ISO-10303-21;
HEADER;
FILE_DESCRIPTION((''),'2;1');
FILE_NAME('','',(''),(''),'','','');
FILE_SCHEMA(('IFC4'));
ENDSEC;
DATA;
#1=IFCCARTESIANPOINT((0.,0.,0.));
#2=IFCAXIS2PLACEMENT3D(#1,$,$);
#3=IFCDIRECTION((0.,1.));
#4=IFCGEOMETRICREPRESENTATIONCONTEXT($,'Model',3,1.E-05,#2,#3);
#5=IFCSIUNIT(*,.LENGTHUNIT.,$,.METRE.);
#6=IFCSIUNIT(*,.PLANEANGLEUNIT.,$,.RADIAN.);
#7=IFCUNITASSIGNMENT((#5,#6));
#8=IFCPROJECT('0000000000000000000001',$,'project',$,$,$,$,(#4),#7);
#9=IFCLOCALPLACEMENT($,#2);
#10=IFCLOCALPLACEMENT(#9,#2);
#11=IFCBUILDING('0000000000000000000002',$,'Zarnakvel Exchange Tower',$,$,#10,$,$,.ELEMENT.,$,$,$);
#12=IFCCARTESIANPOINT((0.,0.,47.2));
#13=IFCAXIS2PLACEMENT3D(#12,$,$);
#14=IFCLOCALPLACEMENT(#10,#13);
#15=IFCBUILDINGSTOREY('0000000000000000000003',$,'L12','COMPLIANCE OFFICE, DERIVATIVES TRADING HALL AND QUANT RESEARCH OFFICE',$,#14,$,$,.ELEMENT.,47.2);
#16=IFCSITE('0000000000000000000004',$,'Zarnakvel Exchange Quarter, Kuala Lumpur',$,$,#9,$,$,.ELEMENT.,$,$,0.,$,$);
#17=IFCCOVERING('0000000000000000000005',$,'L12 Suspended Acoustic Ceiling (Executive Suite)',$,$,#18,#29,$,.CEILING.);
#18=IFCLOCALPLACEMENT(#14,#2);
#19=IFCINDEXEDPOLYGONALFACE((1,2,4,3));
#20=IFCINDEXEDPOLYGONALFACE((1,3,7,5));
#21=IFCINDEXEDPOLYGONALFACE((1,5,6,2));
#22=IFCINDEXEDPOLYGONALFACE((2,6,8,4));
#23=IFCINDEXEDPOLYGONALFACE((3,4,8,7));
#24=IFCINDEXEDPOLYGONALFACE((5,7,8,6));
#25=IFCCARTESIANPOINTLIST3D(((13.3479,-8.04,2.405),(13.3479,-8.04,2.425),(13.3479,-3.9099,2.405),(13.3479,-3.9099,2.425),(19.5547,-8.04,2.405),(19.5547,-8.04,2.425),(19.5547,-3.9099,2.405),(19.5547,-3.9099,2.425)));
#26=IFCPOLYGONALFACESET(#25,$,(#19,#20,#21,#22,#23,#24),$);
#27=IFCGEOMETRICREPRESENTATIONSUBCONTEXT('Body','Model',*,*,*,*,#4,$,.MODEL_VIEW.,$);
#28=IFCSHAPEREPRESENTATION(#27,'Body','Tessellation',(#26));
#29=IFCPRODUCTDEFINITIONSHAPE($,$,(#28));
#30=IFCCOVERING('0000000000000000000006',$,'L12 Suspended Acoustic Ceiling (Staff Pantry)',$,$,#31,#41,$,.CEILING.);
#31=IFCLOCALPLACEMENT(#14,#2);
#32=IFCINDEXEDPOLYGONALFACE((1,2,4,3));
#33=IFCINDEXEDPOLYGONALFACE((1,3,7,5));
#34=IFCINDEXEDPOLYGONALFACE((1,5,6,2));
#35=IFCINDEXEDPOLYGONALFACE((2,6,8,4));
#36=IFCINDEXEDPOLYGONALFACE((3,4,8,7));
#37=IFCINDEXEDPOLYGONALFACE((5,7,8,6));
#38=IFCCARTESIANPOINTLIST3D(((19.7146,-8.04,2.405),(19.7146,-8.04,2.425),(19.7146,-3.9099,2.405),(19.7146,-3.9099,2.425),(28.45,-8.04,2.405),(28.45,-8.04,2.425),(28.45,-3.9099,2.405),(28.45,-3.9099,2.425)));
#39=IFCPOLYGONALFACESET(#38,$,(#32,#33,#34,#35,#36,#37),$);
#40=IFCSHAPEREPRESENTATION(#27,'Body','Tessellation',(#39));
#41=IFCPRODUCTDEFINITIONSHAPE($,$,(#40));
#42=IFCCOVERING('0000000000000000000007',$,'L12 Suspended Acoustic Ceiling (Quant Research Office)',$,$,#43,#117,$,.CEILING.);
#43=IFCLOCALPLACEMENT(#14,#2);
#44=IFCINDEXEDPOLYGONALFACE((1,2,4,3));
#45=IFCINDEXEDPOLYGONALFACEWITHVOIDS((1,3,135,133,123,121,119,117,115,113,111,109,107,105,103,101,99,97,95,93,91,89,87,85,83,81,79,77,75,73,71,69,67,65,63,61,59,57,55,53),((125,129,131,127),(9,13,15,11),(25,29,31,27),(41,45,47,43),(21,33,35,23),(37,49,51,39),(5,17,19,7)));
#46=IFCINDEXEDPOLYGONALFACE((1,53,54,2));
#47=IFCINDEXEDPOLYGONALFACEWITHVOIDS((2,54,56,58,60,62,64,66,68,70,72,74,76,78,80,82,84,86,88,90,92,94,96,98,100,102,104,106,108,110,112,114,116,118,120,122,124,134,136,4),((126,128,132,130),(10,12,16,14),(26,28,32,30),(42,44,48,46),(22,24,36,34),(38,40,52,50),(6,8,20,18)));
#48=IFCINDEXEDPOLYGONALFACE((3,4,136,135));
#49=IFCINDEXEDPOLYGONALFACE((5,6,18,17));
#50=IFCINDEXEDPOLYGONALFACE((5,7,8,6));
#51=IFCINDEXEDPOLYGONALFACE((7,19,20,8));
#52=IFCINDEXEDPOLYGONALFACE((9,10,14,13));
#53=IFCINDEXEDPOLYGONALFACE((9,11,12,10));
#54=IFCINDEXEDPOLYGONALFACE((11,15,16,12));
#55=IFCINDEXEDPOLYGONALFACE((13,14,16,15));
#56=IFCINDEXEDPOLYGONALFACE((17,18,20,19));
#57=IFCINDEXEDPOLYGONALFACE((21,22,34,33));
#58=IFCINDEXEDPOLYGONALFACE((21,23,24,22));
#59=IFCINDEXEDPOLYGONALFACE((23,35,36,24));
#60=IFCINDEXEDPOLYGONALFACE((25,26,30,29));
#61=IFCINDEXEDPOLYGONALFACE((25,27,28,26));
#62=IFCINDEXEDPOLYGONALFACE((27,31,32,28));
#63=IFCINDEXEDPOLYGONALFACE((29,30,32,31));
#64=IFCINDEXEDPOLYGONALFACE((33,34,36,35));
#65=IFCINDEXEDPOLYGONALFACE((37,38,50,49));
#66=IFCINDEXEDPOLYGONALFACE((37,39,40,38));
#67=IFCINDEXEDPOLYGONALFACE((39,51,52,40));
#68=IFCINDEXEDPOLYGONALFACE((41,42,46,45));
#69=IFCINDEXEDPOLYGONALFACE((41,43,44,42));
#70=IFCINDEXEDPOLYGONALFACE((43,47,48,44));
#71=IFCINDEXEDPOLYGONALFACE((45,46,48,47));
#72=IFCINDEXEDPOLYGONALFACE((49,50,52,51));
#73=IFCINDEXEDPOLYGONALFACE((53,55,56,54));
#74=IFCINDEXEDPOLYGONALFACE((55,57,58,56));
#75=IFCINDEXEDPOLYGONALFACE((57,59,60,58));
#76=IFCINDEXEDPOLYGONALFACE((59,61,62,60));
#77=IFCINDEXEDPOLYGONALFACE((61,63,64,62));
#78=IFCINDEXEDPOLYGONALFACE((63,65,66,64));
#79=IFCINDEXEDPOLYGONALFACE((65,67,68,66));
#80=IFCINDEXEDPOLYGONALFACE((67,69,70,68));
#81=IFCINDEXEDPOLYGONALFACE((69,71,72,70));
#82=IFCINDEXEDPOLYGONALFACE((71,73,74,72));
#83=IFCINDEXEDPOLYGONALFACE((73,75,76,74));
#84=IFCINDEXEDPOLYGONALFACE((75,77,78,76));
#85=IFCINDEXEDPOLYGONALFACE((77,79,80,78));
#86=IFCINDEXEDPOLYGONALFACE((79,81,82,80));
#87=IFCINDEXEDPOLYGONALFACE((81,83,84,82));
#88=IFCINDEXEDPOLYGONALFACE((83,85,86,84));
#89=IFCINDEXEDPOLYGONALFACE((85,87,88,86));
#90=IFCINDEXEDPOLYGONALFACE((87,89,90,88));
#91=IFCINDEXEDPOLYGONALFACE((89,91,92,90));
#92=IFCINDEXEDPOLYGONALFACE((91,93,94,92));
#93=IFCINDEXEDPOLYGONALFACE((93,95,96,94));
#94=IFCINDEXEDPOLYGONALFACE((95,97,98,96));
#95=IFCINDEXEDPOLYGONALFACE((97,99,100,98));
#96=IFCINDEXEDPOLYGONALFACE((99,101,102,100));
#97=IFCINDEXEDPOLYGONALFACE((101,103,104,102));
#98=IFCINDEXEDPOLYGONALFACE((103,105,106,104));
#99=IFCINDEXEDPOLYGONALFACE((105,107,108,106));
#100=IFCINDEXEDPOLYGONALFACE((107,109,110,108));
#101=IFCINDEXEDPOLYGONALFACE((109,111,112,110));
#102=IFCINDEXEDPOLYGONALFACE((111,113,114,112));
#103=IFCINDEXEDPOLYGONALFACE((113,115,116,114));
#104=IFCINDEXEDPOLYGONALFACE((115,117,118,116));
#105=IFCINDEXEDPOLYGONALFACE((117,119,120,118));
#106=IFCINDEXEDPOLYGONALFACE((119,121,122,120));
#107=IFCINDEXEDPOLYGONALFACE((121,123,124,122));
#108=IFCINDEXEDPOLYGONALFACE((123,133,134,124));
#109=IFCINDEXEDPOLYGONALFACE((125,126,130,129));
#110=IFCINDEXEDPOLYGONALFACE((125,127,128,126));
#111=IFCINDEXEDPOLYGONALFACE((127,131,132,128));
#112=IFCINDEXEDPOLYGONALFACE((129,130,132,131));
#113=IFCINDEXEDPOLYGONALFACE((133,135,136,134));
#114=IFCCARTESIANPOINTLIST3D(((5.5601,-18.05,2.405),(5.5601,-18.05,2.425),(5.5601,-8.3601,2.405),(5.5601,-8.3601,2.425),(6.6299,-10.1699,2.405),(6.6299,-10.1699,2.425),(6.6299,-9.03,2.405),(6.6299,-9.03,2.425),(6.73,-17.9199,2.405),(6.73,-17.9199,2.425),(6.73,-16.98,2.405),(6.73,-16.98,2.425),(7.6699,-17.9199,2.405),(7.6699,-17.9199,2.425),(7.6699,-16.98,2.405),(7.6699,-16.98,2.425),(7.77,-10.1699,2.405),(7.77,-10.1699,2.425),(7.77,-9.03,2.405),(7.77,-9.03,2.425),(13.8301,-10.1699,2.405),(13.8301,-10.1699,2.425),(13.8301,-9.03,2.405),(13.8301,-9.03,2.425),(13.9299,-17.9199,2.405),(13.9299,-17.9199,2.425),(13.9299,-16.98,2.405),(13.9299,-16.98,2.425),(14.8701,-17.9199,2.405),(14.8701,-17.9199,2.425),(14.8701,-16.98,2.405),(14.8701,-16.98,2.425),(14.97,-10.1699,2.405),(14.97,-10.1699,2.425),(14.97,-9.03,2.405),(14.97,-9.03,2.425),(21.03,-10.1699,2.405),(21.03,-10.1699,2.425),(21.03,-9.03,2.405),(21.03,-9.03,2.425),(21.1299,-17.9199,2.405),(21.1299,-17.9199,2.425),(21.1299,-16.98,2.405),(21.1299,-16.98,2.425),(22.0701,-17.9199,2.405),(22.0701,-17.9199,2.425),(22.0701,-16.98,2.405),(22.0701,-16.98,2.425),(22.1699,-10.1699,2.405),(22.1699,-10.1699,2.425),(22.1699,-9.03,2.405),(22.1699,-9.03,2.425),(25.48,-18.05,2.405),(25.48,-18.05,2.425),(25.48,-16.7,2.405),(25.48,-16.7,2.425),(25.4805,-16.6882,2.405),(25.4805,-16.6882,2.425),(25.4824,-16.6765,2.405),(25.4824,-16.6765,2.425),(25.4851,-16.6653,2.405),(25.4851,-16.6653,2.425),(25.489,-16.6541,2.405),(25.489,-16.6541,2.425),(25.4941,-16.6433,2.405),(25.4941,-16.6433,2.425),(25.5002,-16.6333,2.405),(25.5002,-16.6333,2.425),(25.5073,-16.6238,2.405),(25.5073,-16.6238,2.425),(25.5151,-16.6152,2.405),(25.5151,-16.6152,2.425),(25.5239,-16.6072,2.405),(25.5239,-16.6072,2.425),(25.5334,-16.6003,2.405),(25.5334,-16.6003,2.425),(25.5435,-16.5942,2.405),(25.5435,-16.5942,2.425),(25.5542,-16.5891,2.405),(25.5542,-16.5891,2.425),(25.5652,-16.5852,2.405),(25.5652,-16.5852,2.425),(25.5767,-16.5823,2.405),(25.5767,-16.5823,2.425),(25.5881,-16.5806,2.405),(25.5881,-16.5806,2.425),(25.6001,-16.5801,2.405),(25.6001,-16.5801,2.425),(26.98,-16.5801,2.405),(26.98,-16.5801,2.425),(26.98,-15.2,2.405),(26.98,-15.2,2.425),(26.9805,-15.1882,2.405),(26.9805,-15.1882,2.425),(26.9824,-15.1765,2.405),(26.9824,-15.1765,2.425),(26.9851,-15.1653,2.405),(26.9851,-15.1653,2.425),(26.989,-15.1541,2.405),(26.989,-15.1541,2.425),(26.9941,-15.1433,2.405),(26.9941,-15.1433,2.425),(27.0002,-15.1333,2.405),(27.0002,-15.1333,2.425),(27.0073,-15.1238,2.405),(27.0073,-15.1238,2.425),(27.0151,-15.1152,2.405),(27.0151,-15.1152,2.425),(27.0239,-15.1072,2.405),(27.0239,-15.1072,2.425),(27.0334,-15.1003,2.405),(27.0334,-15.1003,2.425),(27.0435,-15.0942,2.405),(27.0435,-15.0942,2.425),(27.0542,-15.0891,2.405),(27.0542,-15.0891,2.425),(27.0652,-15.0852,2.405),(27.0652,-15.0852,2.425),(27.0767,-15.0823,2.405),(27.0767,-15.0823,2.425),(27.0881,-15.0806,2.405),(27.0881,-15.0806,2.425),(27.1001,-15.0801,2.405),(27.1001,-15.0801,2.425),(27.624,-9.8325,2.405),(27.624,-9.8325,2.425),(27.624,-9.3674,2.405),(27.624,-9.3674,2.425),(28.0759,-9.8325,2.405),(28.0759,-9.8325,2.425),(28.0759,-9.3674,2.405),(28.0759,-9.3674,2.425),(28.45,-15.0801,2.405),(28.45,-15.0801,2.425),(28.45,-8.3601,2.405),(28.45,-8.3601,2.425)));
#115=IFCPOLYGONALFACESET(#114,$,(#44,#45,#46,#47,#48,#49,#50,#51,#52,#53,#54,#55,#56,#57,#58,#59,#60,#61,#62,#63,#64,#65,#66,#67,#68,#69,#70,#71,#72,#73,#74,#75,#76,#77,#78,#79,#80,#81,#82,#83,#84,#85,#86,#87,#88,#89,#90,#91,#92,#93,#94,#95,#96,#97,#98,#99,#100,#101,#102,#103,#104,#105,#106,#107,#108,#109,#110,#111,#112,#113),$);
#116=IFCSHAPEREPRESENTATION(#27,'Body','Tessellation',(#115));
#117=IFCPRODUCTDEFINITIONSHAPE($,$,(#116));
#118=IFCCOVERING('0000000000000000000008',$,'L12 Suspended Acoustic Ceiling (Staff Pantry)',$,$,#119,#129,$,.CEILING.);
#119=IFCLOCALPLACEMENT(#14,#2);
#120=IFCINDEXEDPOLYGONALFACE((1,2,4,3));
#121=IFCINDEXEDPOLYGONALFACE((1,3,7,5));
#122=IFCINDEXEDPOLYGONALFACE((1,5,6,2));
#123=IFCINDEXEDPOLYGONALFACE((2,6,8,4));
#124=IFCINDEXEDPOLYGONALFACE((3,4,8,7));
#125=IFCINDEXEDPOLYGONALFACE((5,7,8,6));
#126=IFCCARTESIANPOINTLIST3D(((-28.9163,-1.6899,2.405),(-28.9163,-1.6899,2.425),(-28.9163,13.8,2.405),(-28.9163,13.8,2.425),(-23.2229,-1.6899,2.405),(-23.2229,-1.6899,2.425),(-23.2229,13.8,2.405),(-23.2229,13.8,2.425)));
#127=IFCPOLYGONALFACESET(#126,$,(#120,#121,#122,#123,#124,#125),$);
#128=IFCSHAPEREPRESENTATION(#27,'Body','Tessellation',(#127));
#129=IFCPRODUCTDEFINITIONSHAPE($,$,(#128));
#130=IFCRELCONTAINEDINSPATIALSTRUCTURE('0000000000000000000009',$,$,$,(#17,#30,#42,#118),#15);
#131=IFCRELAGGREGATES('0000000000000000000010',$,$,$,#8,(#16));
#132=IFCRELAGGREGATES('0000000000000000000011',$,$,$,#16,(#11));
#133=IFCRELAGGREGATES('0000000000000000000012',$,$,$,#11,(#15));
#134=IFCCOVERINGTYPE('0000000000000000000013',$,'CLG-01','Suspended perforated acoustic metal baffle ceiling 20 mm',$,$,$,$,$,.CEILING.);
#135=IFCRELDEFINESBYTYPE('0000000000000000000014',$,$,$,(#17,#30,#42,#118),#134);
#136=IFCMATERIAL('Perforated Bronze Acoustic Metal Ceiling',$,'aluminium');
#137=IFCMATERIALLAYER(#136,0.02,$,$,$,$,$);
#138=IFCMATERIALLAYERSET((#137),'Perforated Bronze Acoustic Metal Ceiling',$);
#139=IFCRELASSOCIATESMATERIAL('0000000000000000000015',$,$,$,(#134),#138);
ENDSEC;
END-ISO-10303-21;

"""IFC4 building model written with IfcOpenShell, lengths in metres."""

from ifc_helpers import new_model, si_unit, direction, frame, origin, place, context, subcontext, project, spatial, polyline, outline, extrude, material, layer, layer_set, type_object, element, save


model = new_model("IFC4")

# Units and contexts
model_context = context("Model", 3, precision=1e-05, world=origin(), true_north=direction((0.0, 1.0)))
body_context = subcontext(model_context, "Body", "Model", "MODEL_VIEW")
ifc_project = project(units=[si_unit("LENGTHUNIT", "METRE"), si_unit("PLANEANGLEUNIT", "RADIAN")], contexts=[model_context])

# Site, building, storey
site_placement = place(None, origin())
site = spatial("IfcSite", under=ifc_project, at=site_placement, Name="Zarnakvel Exchange Quarter, Kuala Lumpur", CompositionType="ELEMENT", RefElevation=0.0)
building_placement = place(site_placement, origin())
building = spatial("IfcBuilding", under=site, at=building_placement, Name="Zarnakvel Exchange Tower", CompositionType="ELEMENT")
storey_placement = place(building_placement, frame((0.0, 0.0, 47.2)))
storey = spatial("IfcBuildingStorey", under=building, at=storey_placement, Name="L12", Description="COMPLIANCE OFFICE, DERIVATIVES TRADING HALL AND QUANT RESEARCH OFFICE", CompositionType="ELEMENT", Elevation=47.2)

# Coverings
ifc_material_1 = material(Name="Perforated Bronze Acoustic Metal Ceiling", Category="aluminium")
ifc_layer_1 = layer(ifc_material_1, 0.02)
ifc_layer_set_1 = layer_set([ifc_layer_1], Name="Perforated Bronze Acoustic Metal Ceiling")
covering_type_1 = type_object("IfcCoveringType", Name="CLG-01", Description="Suspended perforated acoustic metal baffle ceiling 20 mm", PredefinedType="CEILING", material=ifc_layer_set_1)
covering_1_placement = place(storey_placement, frame((0.0, 0.0, 2.405)))
element("IfcCovering", 1, at=covering_1_placement, inside=storey, type_object=covering_type_1, Name="L12 Suspended Acoustic Ceiling (Executive Suite)", PredefinedType="CEILING", context=body_context, shape_type="SweptSolid", body=[
    extrude(outline(polyline([(13.3479, -3.9099), (19.5547, -3.9099), (19.5547, -8.04), (13.3479, -8.04), (13.3479, -3.9099)])), origin(), (0.0, 0.0, 1.0), 0.02),
])
covering_2_placement = place(storey_placement, frame((0.0, 0.0, 2.405)))
element("IfcCovering", 2, at=covering_2_placement, inside=storey, type_object=covering_type_1, Name="L12 Suspended Acoustic Ceiling (Staff Pantry)", PredefinedType="CEILING", context=body_context, shape_type="SweptSolid", body=[
    extrude(outline(polyline([(19.7146, -3.9099), (28.45, -3.9099), (28.45, -8.04), (19.7146, -8.04), (19.7146, -3.9099)])), origin(), (0.0, 0.0, 1.0), 0.02),
])
covering_3_placement = place(storey_placement, frame((0.0, 0.0, 2.405)))
element("IfcCovering", 3, at=covering_3_placement, inside=storey, type_object=covering_type_1, Name="L12 Suspended Acoustic Ceiling (Quant Research Office)", PredefinedType="CEILING", context=body_context, shape_type="SweptSolid", body=[
    extrude(outline(polyline([(5.5601, -8.3601), (28.45, -8.3601), (28.45, -15.0801), (27.1001, -15.0801), (27.0881, -15.0806), (27.0767, -15.0823), (27.0652, -15.0852), (27.0542, -15.0891), (27.0435, -15.0942), (27.0334, -15.1003), (27.0239, -15.1072), (27.0151, -15.1152), (27.0073, -15.1238), (27.0002, -15.1333), (26.9941, -15.1433), (26.989, -15.1541), (26.9851, -15.1653), (26.9824, -15.1765), (26.9805, -15.1882), (26.98, -15.2), (26.98, -16.5801), (25.6001, -16.5801), (25.5881, -16.5806), (25.5767, -16.5823), (25.5652, -16.5852), (25.5542, -16.5891), (25.5435, -16.5942), (25.5334, -16.6003), (25.5239, -16.6072), (25.5151, -16.6152), (25.5073, -16.6238), (25.5002, -16.6333), (25.4941, -16.6433), (25.489, -16.6541), (25.4851, -16.6653), (25.4824, -16.6765), (25.4805, -16.6882), (25.48, -16.7), (25.48, -18.05), (5.5601, -18.05), (5.5601, -8.3601)]), holes=[polyline([(28.0759, -9.8325), (28.0759, -9.3674), (27.624, -9.3674), (27.624, -9.8325), (28.0759, -9.8325)]), polyline([(22.1699, -10.1699), (22.1699, -9.03), (21.03, -9.03), (21.03, -10.1699), (22.1699, -10.1699)]), polyline([(22.0701, -17.9199), (22.0701, -16.98), (21.1299, -16.98), (21.1299, -17.9199), (22.0701, -17.9199)]), polyline([(13.8301, -10.1699), (14.97, -10.1699), (14.97, -9.03), (13.8301, -9.03), (13.8301, -10.1699)]), polyline([(14.8701, -17.9199), (14.8701, -16.98), (13.9299, -16.98), (13.9299, -17.9199), (14.8701, -17.9199)]), polyline([(6.6299, -10.1699), (7.77, -10.1699), (7.77, -9.03), (6.6299, -9.03), (6.6299, -10.1699)]), polyline([(7.6699, -17.9199), (7.6699, -16.98), (6.73, -16.98), (6.73, -17.9199), (7.6699, -17.9199)])]), origin(), (0.0, 0.0, 1.0), 0.02),
])
covering_4_placement = place(storey_placement, frame((0.0, 0.0, 2.405)))
element("IfcCovering", 4, at=covering_4_placement, inside=storey, type_object=covering_type_1, Name="L12 Suspended Acoustic Ceiling (Staff Pantry)", PredefinedType="CEILING", context=body_context, shape_type="SweptSolid", body=[
    extrude(outline(polyline([(-28.9163, 13.8), (-23.2229, 13.8), (-23.2229, -1.6899), (-28.9163, -1.6899), (-28.9163, 13.8)])), origin(), (0.0, 0.0, 1.0), 0.02),
])

save(model, "model.ifc")
